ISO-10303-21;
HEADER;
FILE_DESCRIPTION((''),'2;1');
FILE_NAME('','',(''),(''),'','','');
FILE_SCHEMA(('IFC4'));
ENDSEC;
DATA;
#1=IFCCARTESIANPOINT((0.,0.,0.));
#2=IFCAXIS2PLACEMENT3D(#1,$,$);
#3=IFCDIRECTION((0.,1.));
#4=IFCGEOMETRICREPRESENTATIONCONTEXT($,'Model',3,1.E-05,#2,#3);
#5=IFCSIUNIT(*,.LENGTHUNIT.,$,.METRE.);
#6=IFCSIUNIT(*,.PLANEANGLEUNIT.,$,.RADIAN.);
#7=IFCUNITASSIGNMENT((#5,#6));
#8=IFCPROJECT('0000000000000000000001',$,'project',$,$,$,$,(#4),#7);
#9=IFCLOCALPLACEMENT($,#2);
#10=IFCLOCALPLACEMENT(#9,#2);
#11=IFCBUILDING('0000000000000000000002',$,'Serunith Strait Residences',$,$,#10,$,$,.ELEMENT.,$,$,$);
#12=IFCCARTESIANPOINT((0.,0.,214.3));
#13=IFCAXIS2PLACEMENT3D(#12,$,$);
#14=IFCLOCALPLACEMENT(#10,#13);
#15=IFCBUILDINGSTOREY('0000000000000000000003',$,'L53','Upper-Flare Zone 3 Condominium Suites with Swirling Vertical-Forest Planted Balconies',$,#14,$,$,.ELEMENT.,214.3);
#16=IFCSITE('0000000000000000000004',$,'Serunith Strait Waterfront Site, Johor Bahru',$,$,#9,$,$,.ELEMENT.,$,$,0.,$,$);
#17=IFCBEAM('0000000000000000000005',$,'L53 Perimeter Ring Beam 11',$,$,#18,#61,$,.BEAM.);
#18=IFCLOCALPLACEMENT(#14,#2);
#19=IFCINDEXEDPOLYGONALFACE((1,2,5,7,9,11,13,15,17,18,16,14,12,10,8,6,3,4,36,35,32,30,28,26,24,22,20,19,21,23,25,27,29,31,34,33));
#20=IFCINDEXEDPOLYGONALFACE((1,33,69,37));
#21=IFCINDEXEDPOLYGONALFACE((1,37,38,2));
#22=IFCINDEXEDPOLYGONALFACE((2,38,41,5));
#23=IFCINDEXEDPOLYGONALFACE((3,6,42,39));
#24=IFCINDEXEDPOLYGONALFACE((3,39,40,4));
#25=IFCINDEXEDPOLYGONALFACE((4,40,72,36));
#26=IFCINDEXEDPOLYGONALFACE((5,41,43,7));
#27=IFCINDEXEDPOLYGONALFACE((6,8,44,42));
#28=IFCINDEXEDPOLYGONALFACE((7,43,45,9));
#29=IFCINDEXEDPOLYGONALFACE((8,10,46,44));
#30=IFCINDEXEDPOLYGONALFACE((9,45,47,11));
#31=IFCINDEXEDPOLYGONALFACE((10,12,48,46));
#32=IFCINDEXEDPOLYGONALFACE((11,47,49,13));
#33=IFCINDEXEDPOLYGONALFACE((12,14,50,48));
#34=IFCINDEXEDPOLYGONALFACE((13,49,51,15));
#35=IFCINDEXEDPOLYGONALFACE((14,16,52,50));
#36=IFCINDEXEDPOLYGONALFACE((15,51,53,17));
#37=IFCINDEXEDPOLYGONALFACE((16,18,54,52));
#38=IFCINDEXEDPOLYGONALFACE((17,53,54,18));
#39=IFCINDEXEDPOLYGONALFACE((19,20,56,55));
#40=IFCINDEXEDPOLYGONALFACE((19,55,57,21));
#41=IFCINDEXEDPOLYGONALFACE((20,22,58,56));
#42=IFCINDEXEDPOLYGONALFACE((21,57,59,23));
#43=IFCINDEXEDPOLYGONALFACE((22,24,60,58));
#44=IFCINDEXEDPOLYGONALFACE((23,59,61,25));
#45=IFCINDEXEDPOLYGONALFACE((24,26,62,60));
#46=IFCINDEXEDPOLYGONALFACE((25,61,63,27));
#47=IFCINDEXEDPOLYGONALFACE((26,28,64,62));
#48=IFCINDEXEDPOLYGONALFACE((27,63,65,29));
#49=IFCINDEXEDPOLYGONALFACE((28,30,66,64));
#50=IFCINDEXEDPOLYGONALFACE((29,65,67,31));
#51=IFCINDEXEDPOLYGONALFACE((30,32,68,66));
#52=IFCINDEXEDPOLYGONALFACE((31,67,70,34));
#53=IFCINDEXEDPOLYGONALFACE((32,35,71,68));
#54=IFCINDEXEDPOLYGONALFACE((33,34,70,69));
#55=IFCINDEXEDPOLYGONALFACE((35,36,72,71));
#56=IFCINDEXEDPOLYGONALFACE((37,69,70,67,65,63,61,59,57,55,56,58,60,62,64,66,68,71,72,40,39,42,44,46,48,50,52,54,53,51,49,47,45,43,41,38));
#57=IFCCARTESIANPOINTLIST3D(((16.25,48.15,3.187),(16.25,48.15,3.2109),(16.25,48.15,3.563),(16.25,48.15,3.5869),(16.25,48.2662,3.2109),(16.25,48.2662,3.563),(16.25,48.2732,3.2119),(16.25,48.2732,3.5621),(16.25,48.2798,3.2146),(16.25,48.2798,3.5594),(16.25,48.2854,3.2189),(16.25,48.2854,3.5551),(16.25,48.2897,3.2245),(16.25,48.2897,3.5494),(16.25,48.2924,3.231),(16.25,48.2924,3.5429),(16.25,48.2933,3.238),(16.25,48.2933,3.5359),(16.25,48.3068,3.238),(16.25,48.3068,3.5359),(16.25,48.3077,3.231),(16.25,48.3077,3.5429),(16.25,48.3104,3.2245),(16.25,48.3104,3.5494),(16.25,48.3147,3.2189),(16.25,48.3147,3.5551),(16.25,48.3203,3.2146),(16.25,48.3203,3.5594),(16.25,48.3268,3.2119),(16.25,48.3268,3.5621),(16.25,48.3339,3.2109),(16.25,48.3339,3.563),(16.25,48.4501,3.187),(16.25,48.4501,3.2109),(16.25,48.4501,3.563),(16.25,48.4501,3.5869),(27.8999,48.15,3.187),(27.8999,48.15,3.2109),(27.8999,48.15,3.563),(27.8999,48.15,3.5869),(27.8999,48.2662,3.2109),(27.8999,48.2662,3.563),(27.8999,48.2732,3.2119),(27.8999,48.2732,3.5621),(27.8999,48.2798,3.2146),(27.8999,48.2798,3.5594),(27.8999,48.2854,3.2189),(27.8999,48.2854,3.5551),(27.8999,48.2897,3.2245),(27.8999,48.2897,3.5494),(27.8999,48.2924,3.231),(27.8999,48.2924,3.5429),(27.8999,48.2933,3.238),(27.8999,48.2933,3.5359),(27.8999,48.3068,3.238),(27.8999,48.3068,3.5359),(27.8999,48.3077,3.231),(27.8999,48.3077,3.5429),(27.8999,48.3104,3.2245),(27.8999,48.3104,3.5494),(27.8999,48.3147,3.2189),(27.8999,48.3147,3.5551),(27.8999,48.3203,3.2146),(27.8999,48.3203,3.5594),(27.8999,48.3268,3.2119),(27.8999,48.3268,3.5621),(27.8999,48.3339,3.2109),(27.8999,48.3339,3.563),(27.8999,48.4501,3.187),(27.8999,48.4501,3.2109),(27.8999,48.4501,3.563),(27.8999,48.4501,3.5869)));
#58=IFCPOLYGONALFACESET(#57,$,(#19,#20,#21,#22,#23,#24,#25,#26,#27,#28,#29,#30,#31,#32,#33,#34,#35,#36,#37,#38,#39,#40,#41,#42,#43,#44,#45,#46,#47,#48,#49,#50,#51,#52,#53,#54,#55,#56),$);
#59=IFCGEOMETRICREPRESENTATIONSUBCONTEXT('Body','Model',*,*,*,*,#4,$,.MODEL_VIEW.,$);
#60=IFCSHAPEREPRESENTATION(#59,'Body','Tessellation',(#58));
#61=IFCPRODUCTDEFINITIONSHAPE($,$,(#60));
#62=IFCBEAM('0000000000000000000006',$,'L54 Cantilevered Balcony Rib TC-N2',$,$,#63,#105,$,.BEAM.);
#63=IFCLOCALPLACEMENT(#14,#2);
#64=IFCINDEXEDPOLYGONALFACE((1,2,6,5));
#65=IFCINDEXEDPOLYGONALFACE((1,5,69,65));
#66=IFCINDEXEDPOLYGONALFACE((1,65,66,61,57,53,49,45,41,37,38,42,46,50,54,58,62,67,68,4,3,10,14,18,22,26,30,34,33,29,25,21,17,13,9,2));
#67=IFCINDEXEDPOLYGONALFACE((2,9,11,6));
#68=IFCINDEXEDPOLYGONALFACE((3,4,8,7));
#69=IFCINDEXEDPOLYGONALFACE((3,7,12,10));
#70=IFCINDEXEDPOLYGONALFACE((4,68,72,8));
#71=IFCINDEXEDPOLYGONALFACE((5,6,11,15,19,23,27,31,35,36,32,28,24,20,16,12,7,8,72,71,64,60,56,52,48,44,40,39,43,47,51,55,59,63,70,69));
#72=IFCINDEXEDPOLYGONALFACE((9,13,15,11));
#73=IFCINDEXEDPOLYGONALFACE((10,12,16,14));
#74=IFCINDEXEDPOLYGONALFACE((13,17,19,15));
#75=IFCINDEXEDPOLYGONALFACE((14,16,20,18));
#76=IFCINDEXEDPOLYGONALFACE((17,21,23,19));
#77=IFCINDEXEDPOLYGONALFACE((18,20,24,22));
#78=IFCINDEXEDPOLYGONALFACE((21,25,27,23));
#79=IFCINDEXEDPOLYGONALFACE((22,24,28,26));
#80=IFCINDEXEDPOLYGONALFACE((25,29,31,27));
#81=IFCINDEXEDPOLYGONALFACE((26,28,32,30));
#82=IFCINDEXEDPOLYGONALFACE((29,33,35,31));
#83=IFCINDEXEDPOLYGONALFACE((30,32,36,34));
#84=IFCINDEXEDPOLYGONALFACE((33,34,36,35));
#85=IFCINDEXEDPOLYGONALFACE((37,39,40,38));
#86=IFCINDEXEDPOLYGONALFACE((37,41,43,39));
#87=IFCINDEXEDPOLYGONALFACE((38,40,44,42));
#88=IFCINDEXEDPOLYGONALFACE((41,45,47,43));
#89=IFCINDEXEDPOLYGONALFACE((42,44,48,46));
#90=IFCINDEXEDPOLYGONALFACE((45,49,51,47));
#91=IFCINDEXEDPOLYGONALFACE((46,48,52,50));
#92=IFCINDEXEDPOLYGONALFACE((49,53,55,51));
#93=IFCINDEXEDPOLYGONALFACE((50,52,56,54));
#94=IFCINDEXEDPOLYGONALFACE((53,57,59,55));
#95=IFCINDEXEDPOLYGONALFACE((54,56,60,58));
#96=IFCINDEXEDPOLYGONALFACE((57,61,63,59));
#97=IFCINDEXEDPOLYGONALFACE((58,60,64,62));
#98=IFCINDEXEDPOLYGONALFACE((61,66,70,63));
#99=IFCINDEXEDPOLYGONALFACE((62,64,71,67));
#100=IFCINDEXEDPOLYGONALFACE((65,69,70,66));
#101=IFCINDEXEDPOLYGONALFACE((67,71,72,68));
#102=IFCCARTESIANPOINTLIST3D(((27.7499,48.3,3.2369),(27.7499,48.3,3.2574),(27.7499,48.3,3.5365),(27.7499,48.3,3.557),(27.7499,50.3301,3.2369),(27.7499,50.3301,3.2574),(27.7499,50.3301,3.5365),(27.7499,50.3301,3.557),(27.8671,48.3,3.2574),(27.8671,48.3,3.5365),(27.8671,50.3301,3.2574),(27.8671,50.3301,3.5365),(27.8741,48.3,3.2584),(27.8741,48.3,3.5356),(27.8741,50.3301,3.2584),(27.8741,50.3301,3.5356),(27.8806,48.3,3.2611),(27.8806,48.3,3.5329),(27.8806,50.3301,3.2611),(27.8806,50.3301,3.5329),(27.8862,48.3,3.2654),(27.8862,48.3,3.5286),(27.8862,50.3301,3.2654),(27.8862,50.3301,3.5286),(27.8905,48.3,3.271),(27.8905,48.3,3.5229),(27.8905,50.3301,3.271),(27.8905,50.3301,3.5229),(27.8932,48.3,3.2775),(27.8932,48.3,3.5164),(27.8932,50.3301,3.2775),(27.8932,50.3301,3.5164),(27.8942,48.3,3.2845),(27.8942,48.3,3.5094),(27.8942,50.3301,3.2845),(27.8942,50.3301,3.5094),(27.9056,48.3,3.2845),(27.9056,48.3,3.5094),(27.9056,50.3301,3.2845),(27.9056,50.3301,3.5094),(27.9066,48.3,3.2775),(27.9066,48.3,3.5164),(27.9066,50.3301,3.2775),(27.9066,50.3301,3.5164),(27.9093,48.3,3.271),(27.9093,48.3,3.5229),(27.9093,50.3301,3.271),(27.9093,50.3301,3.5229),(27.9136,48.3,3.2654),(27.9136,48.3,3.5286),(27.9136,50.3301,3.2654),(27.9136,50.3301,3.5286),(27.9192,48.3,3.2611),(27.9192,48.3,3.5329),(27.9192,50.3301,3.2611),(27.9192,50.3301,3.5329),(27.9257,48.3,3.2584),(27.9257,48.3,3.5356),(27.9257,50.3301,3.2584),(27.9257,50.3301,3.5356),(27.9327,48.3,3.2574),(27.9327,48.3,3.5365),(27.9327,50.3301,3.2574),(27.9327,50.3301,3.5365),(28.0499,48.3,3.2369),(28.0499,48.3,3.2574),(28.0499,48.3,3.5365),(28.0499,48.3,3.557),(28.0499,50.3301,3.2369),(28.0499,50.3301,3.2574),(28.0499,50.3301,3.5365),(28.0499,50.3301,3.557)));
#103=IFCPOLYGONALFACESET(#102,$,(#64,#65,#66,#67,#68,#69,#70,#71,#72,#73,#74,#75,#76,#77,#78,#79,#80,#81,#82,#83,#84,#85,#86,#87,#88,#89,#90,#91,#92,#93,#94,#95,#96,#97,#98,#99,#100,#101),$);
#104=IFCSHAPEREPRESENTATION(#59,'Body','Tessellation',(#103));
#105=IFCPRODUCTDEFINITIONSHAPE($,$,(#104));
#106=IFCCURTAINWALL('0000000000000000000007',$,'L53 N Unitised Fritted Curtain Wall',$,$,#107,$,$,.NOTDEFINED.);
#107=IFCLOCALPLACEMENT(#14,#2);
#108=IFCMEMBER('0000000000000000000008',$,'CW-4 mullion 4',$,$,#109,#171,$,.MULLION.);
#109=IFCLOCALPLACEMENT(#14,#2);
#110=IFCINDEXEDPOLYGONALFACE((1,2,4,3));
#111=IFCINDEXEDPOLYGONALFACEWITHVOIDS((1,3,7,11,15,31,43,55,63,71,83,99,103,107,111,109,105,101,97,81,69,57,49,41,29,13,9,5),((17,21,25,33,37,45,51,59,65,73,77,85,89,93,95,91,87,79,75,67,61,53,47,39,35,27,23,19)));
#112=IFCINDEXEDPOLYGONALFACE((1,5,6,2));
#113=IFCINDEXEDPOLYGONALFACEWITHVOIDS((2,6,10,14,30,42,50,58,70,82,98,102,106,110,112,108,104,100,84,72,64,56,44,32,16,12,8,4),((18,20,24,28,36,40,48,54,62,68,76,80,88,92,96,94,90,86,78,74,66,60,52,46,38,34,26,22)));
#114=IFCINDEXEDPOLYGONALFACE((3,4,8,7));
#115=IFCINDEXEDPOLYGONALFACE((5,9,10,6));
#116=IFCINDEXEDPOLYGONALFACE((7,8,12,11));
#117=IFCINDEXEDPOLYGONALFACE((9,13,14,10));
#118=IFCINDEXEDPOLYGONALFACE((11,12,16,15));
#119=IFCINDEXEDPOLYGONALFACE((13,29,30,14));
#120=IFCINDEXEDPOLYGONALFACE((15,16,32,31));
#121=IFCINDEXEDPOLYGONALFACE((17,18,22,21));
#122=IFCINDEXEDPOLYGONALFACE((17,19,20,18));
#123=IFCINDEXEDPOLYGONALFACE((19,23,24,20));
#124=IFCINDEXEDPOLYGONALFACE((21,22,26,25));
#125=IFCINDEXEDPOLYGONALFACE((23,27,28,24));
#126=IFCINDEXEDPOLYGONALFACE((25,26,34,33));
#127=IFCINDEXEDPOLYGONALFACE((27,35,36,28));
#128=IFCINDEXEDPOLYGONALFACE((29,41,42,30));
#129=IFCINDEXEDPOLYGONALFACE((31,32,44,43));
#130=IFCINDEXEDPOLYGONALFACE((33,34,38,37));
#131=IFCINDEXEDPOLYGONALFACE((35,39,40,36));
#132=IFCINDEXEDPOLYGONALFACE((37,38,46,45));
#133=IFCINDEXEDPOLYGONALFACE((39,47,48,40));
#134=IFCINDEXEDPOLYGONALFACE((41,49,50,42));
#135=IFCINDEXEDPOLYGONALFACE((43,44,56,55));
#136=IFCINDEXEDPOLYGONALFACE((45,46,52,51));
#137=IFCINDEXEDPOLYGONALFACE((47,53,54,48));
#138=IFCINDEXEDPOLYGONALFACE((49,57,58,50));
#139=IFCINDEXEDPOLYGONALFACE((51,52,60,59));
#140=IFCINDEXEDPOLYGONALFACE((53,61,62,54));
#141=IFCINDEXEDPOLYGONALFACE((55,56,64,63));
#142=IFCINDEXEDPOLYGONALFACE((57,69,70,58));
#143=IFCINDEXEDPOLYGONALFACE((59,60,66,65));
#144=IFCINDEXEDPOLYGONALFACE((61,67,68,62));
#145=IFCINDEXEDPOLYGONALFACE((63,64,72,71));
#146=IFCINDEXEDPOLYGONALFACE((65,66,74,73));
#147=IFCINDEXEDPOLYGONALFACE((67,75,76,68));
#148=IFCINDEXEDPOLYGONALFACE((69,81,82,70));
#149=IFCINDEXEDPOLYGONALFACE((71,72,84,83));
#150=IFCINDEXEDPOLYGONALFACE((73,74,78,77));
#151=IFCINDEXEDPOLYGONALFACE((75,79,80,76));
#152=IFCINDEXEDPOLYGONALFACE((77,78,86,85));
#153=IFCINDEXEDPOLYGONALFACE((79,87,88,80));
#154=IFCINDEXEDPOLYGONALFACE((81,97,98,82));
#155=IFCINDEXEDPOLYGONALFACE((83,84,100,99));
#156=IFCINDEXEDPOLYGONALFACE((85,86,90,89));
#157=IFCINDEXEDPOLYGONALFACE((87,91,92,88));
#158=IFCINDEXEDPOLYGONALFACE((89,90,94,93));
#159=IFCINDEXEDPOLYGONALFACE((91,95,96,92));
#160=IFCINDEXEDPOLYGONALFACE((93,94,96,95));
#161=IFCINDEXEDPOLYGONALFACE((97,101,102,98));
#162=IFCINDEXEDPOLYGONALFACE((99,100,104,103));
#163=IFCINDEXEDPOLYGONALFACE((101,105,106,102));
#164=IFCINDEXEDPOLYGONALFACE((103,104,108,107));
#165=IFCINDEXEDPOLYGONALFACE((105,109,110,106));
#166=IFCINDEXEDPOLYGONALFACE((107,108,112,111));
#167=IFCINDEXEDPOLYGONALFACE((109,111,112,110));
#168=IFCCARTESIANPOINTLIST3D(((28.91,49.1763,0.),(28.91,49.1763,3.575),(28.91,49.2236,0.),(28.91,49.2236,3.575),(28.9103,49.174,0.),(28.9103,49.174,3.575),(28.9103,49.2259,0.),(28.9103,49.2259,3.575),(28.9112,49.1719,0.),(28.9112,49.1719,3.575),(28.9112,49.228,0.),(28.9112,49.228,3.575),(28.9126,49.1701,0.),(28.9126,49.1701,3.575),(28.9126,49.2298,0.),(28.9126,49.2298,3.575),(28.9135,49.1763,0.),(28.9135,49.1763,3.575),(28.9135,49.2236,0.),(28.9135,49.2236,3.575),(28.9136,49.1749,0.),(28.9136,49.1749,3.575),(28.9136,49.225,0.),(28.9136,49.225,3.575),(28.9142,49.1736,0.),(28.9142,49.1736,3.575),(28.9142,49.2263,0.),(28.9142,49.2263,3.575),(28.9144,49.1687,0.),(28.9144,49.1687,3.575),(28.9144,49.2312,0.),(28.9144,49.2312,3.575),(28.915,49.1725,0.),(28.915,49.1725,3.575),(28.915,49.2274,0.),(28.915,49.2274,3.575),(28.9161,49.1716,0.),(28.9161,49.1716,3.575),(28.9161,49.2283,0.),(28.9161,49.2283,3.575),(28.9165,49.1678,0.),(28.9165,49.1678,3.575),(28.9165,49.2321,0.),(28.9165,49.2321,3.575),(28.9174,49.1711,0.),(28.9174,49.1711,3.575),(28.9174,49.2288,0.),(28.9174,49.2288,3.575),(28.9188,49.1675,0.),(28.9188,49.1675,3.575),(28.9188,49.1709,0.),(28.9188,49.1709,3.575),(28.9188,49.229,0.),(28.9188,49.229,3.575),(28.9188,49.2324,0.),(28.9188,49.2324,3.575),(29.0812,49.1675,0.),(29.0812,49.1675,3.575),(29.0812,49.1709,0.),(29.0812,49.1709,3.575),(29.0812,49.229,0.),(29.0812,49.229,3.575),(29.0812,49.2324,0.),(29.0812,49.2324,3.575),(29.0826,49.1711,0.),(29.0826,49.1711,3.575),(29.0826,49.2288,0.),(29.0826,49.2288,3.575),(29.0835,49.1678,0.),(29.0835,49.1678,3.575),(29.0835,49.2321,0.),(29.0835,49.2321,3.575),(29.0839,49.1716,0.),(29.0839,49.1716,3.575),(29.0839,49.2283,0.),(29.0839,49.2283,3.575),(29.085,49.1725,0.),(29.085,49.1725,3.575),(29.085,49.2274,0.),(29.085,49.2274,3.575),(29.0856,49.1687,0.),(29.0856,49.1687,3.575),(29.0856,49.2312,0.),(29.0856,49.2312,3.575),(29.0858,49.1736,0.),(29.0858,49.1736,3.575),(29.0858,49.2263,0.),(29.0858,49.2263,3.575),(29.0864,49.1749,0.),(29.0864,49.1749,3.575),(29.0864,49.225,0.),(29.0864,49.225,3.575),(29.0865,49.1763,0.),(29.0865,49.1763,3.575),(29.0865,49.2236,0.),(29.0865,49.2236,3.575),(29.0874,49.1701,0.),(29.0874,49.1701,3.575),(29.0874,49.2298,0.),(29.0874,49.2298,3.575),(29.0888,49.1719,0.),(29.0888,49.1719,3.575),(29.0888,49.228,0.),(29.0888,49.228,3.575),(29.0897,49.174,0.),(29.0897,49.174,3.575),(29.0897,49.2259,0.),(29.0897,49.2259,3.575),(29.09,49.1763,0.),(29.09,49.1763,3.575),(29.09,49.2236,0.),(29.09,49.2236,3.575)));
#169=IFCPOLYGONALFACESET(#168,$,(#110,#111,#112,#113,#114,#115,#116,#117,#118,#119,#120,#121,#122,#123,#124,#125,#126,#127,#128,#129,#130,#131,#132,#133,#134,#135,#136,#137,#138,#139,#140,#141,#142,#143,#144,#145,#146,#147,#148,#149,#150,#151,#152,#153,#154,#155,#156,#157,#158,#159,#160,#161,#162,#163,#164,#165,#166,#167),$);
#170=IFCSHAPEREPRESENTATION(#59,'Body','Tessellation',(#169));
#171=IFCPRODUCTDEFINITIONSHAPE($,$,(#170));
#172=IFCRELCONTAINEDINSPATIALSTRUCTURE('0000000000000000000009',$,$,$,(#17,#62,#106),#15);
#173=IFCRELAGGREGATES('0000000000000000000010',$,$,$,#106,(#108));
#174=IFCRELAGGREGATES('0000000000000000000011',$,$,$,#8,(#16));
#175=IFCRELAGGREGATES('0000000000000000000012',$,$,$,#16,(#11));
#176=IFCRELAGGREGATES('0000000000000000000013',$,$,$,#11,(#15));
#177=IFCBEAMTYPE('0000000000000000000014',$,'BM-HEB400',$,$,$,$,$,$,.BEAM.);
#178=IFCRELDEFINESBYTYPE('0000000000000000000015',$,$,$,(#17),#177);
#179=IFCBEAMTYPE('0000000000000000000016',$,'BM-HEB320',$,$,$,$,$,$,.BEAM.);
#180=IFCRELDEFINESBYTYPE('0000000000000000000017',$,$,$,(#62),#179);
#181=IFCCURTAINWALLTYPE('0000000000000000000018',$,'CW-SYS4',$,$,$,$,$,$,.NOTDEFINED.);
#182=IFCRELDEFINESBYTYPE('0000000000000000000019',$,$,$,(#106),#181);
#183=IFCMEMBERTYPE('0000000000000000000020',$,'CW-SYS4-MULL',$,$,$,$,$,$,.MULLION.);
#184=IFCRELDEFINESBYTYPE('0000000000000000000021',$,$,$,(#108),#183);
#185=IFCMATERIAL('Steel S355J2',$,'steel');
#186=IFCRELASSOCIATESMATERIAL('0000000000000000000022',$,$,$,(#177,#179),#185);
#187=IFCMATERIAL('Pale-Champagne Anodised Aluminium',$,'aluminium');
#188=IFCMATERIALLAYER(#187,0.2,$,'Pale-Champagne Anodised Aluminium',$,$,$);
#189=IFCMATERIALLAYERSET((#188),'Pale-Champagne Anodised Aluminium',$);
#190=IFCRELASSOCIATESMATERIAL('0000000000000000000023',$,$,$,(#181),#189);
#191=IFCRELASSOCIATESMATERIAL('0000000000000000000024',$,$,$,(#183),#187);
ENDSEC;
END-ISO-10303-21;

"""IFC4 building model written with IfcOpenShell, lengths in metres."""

from ifc_helpers import new_model, si_unit, direction, frame, origin, origin_2d, place, context, subcontext, project, spatial, hollow_rectangle, i_section, extrude, source, transform, mapped, material, layer, layer_set, material_profile, profile_set, type_object, element, aggregate, save


model = new_model("IFC4")

# Units and contexts
model_context = context("Model", 3, precision=1e-05, world=origin(), true_north=direction((0.0, 1.0)))
body_context = subcontext(model_context, "Body", "Model", "MODEL_VIEW")
ifc_project = project(units=[si_unit("LENGTHUNIT", "METRE"), si_unit("PLANEANGLEUNIT", "RADIAN")], contexts=[model_context])

# Site, building, storey
site_placement = place(None, origin())
site = spatial("IfcSite", under=ifc_project, at=site_placement, Name="Serunith Strait Waterfront Site, Johor Bahru", CompositionType="ELEMENT", RefElevation=0.0)
building_placement = place(site_placement, origin())
building = spatial("IfcBuilding", under=site, at=building_placement, Name="Serunith Strait Residences", CompositionType="ELEMENT")
storey_placement = place(building_placement, frame((0.0, 0.0, 214.3)))
storey = spatial("IfcBuildingStorey", under=building, at=storey_placement, Name="L53", Description="Upper-Flare Zone 3 Condominium Suites with Swirling Vertical-Forest Planted Balconies", CompositionType="ELEMENT", Elevation=214.3)

# Beams
ifc_material_1 = material(Name="Steel S355J2", Category="steel")
ifc_material_profile_1 = material_profile(ifc_material_1, i_section(OverallWidth=0.3, OverallDepth=0.3999, WebThickness=0.0134, FlangeThickness=0.0239, FilletRadius=0.0271, at=origin_2d()), Name="HEB 400")
ifc_profile_set_1 = profile_set([ifc_material_profile_1], Name="Steel S355J2")
beam_type_1 = type_object("IfcBeamType", Name="BM-HEB400", PredefinedType="BEAM", material=ifc_profile_set_1)
shared_shape_1 = source(origin(), body_context, "Body", "SweptSolid", [
    extrude(i_section(OverallWidth=0.3, OverallDepth=0.3999, WebThickness=0.0134, FlangeThickness=0.0239, FilletRadius=0.0271, at=origin_2d()), origin(), (0.0, 0.0, 1.0), 11.6499),
])
beam_1_placement = place(storey_placement, frame((27.8999, 48.3, 3.387), z_axis=(-1.0, 0.0, 0.0), x_axis=(0.0, -1.0, 0.0)))
element("IfcBeam", 1, at=beam_1_placement, inside=storey, type_object=beam_type_1, Name="L53 Perimeter Ring Beam 11", PredefinedType="BEAM", context=body_context, shape_type="MappedRepresentation", body=[
    mapped(shared_shape_1, transform((0.0, 0.0, 0.0), scale=1.0)),
])
ifc_material_profile_2 = material_profile(ifc_material_1, i_section(OverallWidth=0.3, OverallDepth=0.3201, WebThickness=0.0115, FlangeThickness=0.0205, FilletRadius=0.0271, at=origin_2d()), Name="HEB 320")
ifc_profile_set_2 = profile_set([ifc_material_profile_2], Name="Steel S355J2")
beam_type_2 = type_object("IfcBeamType", Name="BM-HEB320", PredefinedType="BEAM", material=ifc_profile_set_2)
shared_shape_2 = source(origin(), body_context, "Body", "SweptSolid", [
    extrude(i_section(OverallWidth=0.3, OverallDepth=0.3201, WebThickness=0.0115, FlangeThickness=0.0205, FilletRadius=0.0271, at=origin_2d()), origin(), (0.0, 0.0, 1.0), 2.03),
])
beam_2_placement = place(storey_placement, frame((27.8999, 48.3, 3.397), z_axis=(0.0, 1.0, 0.0), x_axis=(-1.0, 0.0, 0.0)))
element("IfcBeam", 2, at=beam_2_placement, inside=storey, type_object=beam_type_2, Name="L54 Cantilevered Balcony Rib TC-N2", PredefinedType="BEAM", context=body_context, shape_type="MappedRepresentation", body=[
    mapped(shared_shape_2, transform((0.0, 0.0, 0.0), scale=1.0)),
])

# Curtain wall, member
ifc_material_2 = material(Name="Pale-Champagne Anodised Aluminium", Category="aluminium")
ifc_layer_1 = layer(ifc_material_2, 0.2, Name="Pale-Champagne Anodised Aluminium")
ifc_layer_set_1 = layer_set([ifc_layer_1], Name="Pale-Champagne Anodised Aluminium")
curtain_wall_type = type_object("IfcCurtainWallType", Name="CW-SYS4", PredefinedType="NOTDEFINED", material=ifc_layer_set_1)
curtain_wall_placement = place(storey_placement, origin())
curtain_wall = element("IfcCurtainWall", 3, at=curtain_wall_placement, inside=storey, type_object=curtain_wall_type, Name="L53 N Unitised Fritted Curtain Wall", PredefinedType="NOTDEFINED")
ifc_material_profile_3 = material_profile(ifc_material_2, hollow_rectangle(XDim=0.0649, YDim=0.1799, WallThickness=0.0034, InnerFilletRadius=0.0054, OuterFilletRadius=0.0088, at=origin_2d()), Name="ALU 180x65x3.5")
ifc_profile_set_3 = profile_set([ifc_material_profile_3], Name="Pale-Champagne Anodised Aluminium")
member_type_1 = type_object("IfcMemberType", Name="CW-SYS4-MULL", PredefinedType="MULLION", material=ifc_profile_set_3)
shared_shape_3 = source(origin(), body_context, "Body", "SweptSolid", [
    extrude(hollow_rectangle(XDim=0.0649, YDim=0.1799, WallThickness=0.0034, InnerFilletRadius=0.0054, OuterFilletRadius=0.0088, at=origin_2d()), origin(), (0.0, 0.0, 1.0), 3.575),
])
member_1_placement = place(storey_placement, frame((29.0, 49.2, 0.0), z_axis=(0.0, 0.0, 1.0), x_axis=(0.0, -1.0, 0.0)))
member_1 = element("IfcMember", 4, at=member_1_placement, type_object=member_type_1, Name="CW-4 mullion 4", PredefinedType="MULLION", context=body_context, shape_type="MappedRepresentation", body=[
    mapped(shared_shape_3, transform((0.0, 0.0, 0.0), scale=1.0)),
])
aggregate(curtain_wall, [member_1])

save(model, "model.ifc")
